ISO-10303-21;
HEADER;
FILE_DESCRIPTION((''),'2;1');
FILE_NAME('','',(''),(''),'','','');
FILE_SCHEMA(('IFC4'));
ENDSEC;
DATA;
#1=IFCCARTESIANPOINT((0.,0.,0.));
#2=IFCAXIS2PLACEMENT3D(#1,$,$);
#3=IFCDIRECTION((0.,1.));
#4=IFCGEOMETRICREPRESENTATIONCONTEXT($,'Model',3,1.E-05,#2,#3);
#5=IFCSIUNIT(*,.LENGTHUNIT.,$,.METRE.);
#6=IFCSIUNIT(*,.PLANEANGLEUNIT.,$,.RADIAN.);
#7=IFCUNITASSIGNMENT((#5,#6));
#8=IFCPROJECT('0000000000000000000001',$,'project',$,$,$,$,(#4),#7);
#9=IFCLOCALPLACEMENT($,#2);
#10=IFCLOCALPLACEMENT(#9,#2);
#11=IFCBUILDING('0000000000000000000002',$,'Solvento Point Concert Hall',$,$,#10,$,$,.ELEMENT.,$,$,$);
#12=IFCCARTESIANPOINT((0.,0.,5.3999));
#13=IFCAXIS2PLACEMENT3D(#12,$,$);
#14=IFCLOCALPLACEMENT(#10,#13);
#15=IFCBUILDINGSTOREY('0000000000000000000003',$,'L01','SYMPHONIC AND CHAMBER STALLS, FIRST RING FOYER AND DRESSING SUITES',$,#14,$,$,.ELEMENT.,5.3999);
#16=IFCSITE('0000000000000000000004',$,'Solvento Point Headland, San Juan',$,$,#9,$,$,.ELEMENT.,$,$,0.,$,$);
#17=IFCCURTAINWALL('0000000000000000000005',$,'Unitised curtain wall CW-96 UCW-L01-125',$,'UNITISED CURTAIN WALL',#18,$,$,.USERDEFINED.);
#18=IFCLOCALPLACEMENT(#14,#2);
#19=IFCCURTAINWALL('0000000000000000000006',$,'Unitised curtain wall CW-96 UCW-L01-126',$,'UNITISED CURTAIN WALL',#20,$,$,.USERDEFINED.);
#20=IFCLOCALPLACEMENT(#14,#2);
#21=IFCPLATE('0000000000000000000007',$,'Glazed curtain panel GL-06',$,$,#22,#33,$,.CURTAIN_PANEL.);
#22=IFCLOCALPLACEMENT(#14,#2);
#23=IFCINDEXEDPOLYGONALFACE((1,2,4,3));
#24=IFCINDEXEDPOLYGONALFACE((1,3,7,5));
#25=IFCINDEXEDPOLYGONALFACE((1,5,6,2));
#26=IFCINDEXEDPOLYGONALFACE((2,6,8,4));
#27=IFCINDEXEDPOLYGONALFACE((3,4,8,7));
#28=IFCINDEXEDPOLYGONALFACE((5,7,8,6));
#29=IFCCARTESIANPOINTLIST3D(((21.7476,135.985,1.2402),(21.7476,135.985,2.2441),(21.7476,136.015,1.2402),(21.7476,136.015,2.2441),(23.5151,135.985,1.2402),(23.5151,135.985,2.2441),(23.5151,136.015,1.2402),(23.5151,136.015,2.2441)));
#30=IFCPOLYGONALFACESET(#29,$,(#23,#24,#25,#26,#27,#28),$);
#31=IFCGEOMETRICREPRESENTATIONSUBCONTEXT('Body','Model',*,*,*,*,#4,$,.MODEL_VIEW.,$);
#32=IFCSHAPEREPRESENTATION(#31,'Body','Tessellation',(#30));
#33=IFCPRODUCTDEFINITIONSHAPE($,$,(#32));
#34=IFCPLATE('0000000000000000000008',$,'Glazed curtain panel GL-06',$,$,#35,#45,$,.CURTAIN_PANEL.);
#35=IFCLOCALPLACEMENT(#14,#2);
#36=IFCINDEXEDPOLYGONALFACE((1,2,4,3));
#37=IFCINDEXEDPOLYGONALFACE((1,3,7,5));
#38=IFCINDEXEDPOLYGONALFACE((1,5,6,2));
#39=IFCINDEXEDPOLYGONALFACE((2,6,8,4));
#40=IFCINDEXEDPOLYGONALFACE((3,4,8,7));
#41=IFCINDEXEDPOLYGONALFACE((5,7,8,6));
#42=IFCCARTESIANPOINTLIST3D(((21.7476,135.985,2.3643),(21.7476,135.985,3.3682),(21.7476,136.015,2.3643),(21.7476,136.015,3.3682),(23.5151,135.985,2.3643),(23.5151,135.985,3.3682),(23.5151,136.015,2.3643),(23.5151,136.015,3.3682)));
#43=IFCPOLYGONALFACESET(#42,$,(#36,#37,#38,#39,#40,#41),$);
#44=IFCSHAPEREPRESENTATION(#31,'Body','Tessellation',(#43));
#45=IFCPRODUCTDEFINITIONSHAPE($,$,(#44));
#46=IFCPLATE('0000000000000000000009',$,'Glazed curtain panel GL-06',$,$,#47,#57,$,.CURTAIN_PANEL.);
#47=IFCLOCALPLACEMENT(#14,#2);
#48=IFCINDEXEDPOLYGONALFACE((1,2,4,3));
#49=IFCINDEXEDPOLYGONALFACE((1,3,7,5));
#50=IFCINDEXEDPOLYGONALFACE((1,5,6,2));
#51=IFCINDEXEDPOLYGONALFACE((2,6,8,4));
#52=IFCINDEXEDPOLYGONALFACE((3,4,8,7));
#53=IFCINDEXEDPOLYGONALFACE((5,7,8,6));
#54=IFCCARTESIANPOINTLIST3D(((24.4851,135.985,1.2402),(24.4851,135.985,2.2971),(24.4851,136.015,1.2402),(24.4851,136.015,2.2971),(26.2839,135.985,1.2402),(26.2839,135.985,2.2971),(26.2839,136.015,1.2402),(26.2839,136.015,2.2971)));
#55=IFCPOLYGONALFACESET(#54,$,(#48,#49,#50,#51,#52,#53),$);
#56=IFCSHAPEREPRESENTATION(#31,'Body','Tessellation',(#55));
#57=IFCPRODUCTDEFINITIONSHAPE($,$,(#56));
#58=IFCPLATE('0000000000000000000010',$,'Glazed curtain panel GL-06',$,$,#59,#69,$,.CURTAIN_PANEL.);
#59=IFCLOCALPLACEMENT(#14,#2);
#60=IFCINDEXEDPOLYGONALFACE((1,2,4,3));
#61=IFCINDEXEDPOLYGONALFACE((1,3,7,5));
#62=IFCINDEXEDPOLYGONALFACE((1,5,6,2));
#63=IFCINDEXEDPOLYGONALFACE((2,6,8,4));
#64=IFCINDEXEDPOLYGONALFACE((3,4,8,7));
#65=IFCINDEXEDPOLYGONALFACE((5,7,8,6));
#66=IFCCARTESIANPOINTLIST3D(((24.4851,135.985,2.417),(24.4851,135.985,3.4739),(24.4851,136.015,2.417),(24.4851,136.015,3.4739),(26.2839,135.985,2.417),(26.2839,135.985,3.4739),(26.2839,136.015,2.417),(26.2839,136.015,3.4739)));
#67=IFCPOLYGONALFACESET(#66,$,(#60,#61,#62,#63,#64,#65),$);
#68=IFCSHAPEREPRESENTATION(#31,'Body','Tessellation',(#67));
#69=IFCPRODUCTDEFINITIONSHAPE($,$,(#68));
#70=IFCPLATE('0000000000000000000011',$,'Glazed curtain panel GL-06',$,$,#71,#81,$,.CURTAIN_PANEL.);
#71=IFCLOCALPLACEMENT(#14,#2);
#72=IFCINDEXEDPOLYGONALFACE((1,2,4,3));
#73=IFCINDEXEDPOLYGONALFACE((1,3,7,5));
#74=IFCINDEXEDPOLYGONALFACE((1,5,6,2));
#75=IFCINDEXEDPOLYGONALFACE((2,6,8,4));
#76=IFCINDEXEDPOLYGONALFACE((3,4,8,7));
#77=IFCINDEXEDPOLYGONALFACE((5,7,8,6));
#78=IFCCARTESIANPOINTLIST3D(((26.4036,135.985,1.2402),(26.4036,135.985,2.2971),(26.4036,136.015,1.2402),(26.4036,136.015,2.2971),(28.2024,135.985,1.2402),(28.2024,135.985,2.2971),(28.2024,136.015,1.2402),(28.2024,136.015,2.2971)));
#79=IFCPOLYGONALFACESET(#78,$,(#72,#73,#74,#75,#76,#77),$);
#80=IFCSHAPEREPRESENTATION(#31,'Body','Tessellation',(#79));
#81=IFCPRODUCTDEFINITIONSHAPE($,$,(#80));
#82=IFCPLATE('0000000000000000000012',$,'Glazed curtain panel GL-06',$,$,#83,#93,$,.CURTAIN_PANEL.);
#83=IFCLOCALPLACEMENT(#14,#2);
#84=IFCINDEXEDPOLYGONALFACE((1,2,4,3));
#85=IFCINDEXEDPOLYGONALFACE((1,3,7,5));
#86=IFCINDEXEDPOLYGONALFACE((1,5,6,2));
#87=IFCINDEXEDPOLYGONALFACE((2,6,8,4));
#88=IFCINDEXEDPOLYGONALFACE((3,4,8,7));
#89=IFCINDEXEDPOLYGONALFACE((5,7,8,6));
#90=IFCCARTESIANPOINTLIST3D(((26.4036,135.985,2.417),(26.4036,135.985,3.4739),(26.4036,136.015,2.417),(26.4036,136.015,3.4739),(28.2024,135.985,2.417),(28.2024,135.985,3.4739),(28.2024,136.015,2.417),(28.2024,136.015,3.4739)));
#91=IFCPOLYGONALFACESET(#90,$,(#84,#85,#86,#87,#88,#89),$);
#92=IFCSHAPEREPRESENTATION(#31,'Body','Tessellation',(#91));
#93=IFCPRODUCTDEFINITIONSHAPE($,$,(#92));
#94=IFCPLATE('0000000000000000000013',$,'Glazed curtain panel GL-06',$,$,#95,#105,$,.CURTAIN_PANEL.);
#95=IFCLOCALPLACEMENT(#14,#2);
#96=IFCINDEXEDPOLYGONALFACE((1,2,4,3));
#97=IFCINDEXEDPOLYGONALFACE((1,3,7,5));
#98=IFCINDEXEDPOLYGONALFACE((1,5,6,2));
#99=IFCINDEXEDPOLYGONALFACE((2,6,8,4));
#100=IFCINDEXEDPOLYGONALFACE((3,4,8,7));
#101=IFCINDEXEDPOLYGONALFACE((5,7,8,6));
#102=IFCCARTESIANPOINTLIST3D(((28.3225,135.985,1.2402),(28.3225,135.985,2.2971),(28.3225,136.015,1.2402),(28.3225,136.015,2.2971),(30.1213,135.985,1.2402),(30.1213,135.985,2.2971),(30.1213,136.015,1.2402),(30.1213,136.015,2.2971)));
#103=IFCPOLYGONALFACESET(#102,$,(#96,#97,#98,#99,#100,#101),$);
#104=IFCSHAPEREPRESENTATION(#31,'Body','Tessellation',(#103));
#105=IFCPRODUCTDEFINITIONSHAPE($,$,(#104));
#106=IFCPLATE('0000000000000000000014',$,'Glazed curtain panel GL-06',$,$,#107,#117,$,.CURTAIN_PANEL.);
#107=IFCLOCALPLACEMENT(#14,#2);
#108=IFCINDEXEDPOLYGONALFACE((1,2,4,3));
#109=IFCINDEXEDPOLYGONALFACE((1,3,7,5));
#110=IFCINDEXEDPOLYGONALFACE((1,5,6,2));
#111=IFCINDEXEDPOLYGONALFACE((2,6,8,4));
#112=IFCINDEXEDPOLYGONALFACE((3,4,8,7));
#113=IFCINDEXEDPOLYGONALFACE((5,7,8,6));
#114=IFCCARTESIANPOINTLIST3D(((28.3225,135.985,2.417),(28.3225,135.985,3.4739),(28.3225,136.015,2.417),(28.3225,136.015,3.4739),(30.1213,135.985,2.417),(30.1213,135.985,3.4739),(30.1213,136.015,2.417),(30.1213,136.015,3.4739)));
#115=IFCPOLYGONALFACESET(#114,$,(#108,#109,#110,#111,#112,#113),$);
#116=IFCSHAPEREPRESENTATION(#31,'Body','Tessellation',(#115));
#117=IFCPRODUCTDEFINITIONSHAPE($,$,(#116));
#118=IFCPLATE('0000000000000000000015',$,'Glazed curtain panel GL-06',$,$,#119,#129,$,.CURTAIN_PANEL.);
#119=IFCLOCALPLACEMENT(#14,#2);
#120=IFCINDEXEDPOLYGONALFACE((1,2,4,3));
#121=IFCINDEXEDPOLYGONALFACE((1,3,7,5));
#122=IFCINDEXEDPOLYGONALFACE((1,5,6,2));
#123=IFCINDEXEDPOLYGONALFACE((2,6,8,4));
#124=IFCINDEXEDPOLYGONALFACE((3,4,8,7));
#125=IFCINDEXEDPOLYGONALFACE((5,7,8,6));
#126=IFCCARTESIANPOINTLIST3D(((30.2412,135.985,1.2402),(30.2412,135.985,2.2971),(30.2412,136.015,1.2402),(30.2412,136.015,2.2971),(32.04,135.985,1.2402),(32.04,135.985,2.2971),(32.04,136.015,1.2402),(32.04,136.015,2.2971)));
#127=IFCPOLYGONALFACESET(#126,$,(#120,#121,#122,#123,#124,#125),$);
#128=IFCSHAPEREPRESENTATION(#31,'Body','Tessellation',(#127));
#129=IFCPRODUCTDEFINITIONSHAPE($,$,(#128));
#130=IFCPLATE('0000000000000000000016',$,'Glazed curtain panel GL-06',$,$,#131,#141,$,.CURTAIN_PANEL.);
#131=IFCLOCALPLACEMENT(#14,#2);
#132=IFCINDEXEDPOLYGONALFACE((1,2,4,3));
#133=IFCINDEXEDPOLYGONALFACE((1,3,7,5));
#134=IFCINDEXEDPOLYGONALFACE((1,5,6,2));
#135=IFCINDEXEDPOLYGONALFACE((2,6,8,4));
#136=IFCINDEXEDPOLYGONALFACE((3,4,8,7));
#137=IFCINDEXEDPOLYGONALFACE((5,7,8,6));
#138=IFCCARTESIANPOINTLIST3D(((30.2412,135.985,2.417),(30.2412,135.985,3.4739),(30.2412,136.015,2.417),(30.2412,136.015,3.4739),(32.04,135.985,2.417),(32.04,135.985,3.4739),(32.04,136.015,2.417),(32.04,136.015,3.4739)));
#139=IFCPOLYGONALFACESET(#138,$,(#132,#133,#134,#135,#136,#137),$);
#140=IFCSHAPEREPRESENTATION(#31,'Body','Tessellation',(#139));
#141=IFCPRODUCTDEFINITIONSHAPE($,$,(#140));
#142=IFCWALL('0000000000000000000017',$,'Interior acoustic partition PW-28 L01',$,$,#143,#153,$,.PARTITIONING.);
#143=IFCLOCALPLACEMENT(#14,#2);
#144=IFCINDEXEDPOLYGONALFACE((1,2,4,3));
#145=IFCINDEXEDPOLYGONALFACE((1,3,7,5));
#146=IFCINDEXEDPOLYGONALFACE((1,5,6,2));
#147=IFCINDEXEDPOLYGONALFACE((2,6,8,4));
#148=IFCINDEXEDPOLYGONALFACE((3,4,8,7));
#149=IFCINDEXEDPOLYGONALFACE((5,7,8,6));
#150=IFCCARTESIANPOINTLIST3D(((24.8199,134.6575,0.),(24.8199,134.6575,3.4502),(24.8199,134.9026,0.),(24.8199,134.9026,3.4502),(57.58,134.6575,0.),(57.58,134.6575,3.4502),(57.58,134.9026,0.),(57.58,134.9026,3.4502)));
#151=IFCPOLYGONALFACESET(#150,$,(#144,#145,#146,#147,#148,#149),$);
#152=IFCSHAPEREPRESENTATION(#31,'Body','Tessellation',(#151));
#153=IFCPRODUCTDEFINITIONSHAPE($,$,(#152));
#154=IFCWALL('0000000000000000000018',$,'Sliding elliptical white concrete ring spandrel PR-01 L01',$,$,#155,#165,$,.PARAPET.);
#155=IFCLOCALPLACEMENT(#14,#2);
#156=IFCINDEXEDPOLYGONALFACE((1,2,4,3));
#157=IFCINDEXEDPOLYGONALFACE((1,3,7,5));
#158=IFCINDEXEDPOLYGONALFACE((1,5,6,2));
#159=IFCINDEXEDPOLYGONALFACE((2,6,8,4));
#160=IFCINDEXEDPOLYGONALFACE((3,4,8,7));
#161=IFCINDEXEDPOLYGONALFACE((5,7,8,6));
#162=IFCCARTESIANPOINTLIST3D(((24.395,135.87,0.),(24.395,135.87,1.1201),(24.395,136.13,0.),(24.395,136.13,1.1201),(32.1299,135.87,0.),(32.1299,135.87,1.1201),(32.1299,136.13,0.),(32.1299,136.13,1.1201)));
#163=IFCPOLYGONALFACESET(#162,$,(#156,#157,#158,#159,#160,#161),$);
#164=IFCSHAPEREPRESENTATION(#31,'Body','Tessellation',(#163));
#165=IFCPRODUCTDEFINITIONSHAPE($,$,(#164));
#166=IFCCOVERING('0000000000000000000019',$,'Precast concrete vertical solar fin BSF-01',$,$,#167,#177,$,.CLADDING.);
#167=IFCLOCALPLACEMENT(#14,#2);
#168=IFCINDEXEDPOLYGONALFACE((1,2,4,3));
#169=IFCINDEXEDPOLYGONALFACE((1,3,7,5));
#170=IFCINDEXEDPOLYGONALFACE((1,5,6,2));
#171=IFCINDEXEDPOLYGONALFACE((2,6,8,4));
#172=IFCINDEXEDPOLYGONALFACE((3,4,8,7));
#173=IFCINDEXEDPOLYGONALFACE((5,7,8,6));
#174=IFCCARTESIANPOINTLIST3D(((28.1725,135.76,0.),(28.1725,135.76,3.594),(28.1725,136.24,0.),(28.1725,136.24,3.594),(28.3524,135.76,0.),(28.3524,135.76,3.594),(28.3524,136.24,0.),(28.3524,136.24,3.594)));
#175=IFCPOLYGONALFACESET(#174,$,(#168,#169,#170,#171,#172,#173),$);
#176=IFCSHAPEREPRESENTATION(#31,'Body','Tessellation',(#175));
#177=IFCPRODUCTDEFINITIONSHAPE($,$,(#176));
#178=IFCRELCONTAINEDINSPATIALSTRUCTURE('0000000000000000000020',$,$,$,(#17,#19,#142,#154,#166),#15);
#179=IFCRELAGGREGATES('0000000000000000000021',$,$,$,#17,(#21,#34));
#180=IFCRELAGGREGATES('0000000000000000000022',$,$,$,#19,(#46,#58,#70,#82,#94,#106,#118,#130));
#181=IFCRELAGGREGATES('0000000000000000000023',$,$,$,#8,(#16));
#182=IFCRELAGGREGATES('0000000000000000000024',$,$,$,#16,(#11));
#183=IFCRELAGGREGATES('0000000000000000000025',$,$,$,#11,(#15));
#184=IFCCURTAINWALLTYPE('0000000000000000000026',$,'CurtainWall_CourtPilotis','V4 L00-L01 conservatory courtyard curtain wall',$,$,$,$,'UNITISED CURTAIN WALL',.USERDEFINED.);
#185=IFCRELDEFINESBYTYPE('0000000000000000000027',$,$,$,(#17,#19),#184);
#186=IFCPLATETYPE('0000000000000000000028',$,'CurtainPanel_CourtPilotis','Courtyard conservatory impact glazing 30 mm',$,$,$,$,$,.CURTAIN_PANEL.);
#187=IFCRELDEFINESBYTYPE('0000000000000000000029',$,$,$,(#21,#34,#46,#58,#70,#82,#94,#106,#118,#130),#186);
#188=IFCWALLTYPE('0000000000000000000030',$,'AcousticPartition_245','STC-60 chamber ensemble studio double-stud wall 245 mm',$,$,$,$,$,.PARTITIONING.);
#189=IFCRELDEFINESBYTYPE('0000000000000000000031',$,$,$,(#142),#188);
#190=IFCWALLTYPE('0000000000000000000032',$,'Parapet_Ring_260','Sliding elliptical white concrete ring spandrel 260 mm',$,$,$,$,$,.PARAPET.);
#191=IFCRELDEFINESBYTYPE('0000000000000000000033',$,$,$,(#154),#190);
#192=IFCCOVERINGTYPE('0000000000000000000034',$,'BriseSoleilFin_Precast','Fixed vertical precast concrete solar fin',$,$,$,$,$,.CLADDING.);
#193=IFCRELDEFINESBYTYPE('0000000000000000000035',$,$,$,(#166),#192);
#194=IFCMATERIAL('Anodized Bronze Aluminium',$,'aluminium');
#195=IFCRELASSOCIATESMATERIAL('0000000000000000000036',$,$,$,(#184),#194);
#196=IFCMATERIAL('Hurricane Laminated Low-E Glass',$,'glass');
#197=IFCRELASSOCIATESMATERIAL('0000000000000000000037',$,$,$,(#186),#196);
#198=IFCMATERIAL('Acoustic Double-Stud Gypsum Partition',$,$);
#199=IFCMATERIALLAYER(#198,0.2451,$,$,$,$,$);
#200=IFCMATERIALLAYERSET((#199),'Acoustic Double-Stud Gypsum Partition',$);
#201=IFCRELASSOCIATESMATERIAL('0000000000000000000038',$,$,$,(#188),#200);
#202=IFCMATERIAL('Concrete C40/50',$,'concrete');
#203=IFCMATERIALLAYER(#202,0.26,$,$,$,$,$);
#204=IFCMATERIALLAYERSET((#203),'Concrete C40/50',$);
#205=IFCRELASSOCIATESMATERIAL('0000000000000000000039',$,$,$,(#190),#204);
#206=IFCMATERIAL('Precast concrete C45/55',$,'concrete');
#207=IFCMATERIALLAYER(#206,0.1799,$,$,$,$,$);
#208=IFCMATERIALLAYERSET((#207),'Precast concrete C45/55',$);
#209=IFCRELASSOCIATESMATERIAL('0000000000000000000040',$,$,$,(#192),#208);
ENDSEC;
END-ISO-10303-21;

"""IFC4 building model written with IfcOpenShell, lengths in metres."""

from ifc_helpers import new_model, si_unit, direction, frame, frame_2d, origin, origin_2d, place, context, subcontext, project, spatial, rectangle, extrude, material, layer, layer_set, type_object, element, aggregate, save


model = new_model("IFC4")

# Units and contexts
model_context = context("Model", 3, precision=1e-05, world=origin(), true_north=direction((0.0, 1.0)))
body_context = subcontext(model_context, "Body", "Model", "MODEL_VIEW")
ifc_project = project(units=[si_unit("LENGTHUNIT", "METRE"), si_unit("PLANEANGLEUNIT", "RADIAN")], contexts=[model_context])

# Site, building, storey
site_placement = place(None, origin())
site = spatial("IfcSite", under=ifc_project, at=site_placement, Name="Solvento Point Headland, San Juan", CompositionType="ELEMENT", RefElevation=0.0)
building_placement = place(site_placement, origin())
building = spatial("IfcBuilding", under=site, at=building_placement, Name="Solvento Point Concert Hall", CompositionType="ELEMENT")
storey_placement = place(building_placement, frame((0.0, 0.0, 5.3999)))
storey = spatial("IfcBuildingStorey", under=building, at=storey_placement, Name="L01", Description="SYMPHONIC AND CHAMBER STALLS, FIRST RING FOYER AND DRESSING SUITES", CompositionType="ELEMENT", Elevation=5.3999)

# Curtain walls
ifc_material_1 = material(Name="Anodized Bronze Aluminium", Category="aluminium")
curtain_wall_type = type_object("IfcCurtainWallType", Name="CurtainWall_CourtPilotis", Description="V4 L00-L01 conservatory courtyard curtain wall", ElementType="UNITISED CURTAIN WALL", PredefinedType="USERDEFINED", material=ifc_material_1)
curtain_wall_1_placement = place(storey_placement, origin())
curtain_wall_1 = element("IfcCurtainWall", 1, at=curtain_wall_1_placement, inside=storey, type_object=curtain_wall_type, Name="Unitised curtain wall CW-96 UCW-L01-125", ObjectType="UNITISED CURTAIN WALL", PredefinedType="USERDEFINED")
curtain_wall_2_placement = place(storey_placement, origin())
curtain_wall_2 = element("IfcCurtainWall", 2, at=curtain_wall_2_placement, inside=storey, type_object=curtain_wall_type, Name="Unitised curtain wall CW-96 UCW-L01-126", ObjectType="UNITISED CURTAIN WALL", PredefinedType="USERDEFINED")

# Plates
ifc_material_2 = material(Name="Hurricane Laminated Low-E Glass", Category="glass")
plate_type = type_object("IfcPlateType", Name="CurtainPanel_CourtPilotis", Description="Courtyard conservatory impact glazing 30 mm", PredefinedType="CURTAIN_PANEL", material=ifc_material_2)
plate_1_placement = place(storey_placement, frame((22.6313, 136.0, 1.2402), z_axis=(0.0, 0.0, 1.0), x_axis=(1.0, 0.0, 0.0)))
plate_1 = element("IfcPlate", 3, at=plate_1_placement, type_object=plate_type, Name="Glazed curtain panel GL-06", PredefinedType="CURTAIN_PANEL", context=body_context, shape_type="SweptSolid", body=[
    extrude(rectangle(XDim=1.7676, YDim=0.03, at=origin_2d()), origin(), (0.0, 0.0, 1.0), 1.0039),
])
plate_2_placement = place(storey_placement, frame((22.6313, 136.0, 2.3643), z_axis=(0.0, 0.0, 1.0), x_axis=(1.0, 0.0, 0.0)))
plate_2 = element("IfcPlate", 4, at=plate_2_placement, type_object=plate_type, Name="Glazed curtain panel GL-06", PredefinedType="CURTAIN_PANEL", context=body_context, shape_type="SweptSolid", body=[
    extrude(rectangle(XDim=1.7676, YDim=0.03, at=origin_2d()), origin(), (0.0, 0.0, 1.0), 1.0039),
])
aggregate(curtain_wall_1, [plate_1, plate_2])
plate_3_placement = place(storey_placement, frame((25.3845, 136.0, 1.2402), z_axis=(0.0, 0.0, 1.0), x_axis=(1.0, 0.0, 0.0)))
plate_3 = element("IfcPlate", 5, at=plate_3_placement, type_object=plate_type, Name="Glazed curtain panel GL-06", PredefinedType="CURTAIN_PANEL", context=body_context, shape_type="SweptSolid", body=[
    extrude(rectangle(XDim=1.7988, YDim=0.03, at=origin_2d()), origin(), (0.0, 0.0, 1.0), 1.0569),
])
plate_4_placement = place(storey_placement, frame((25.3845, 136.0, 2.417), z_axis=(0.0, 0.0, 1.0), x_axis=(1.0, 0.0, 0.0)))
plate_4 = element("IfcPlate", 6, at=plate_4_placement, type_object=plate_type, Name="Glazed curtain panel GL-06", PredefinedType="CURTAIN_PANEL", context=body_context, shape_type="SweptSolid", body=[
    extrude(rectangle(XDim=1.7988, YDim=0.03, at=origin_2d()), origin(), (0.0, 0.0, 1.0), 1.0569),
])
plate_5_placement = place(storey_placement, frame((27.303, 136.0, 1.2402), z_axis=(0.0, 0.0, 1.0), x_axis=(1.0, 0.0, 0.0)))
plate_5 = element("IfcPlate", 7, at=plate_5_placement, type_object=plate_type, Name="Glazed curtain panel GL-06", PredefinedType="CURTAIN_PANEL", context=body_context, shape_type="SweptSolid", body=[
    extrude(rectangle(XDim=1.7988, YDim=0.03, at=origin_2d()), origin(), (0.0, 0.0, 1.0), 1.0569),
])
plate_6_placement = place(storey_placement, frame((27.303, 136.0, 2.417), z_axis=(0.0, 0.0, 1.0), x_axis=(1.0, 0.0, 0.0)))
plate_6 = element("IfcPlate", 8, at=plate_6_placement, type_object=plate_type, Name="Glazed curtain panel GL-06", PredefinedType="CURTAIN_PANEL", context=body_context, shape_type="SweptSolid", body=[
    extrude(rectangle(XDim=1.7988, YDim=0.03, at=origin_2d()), origin(), (0.0, 0.0, 1.0), 1.0569),
])
plate_7_placement = place(storey_placement, frame((29.2219, 136.0, 1.2402), z_axis=(0.0, 0.0, 1.0), x_axis=(1.0, 0.0, 0.0)))
plate_7 = element("IfcPlate", 9, at=plate_7_placement, type_object=plate_type, Name="Glazed curtain panel GL-06", PredefinedType="CURTAIN_PANEL", context=body_context, shape_type="SweptSolid", body=[
    extrude(rectangle(XDim=1.7988, YDim=0.03, at=origin_2d()), origin(), (0.0, 0.0, 1.0), 1.0569),
])
plate_8_placement = place(storey_placement, frame((29.2219, 136.0, 2.417), z_axis=(0.0, 0.0, 1.0), x_axis=(1.0, 0.0, 0.0)))
plate_8 = element("IfcPlate", 10, at=plate_8_placement, type_object=plate_type, Name="Glazed curtain panel GL-06", PredefinedType="CURTAIN_PANEL", context=body_context, shape_type="SweptSolid", body=[
    extrude(rectangle(XDim=1.7988, YDim=0.03, at=origin_2d()), origin(), (0.0, 0.0, 1.0), 1.0569),
])
plate_9_placement = place(storey_placement, frame((31.1406, 136.0, 1.2402), z_axis=(0.0, 0.0, 1.0), x_axis=(1.0, 0.0, 0.0)))
plate_9 = element("IfcPlate", 11, at=plate_9_placement, type_object=plate_type, Name="Glazed curtain panel GL-06", PredefinedType="CURTAIN_PANEL", context=body_context, shape_type="SweptSolid", body=[
    extrude(rectangle(XDim=1.7988, YDim=0.03, at=origin_2d()), origin(), (0.0, 0.0, 1.0), 1.0569),
])
plate_10_placement = place(storey_placement, frame((31.1406, 136.0, 2.417), z_axis=(0.0, 0.0, 1.0), x_axis=(1.0, 0.0, 0.0)))
plate_10 = element("IfcPlate", 12, at=plate_10_placement, type_object=plate_type, Name="Glazed curtain panel GL-06", PredefinedType="CURTAIN_PANEL", context=body_context, shape_type="SweptSolid", body=[
    extrude(rectangle(XDim=1.7988, YDim=0.03, at=origin_2d()), origin(), (0.0, 0.0, 1.0), 1.0569),
])
aggregate(curtain_wall_2, [plate_3, plate_4, plate_5, plate_6, plate_7, plate_8, plate_9, plate_10])

# Walls
ifc_material_3 = material(Name="Acoustic Double-Stud Gypsum Partition")
ifc_layer_1 = layer(ifc_material_3, 0.2451)
ifc_layer_set_1 = layer_set([ifc_layer_1], Name="Acoustic Double-Stud Gypsum Partition")
wall_type_1 = type_object("IfcWallType", Name="AcousticPartition_245", Description="STC-60 chamber ensemble studio double-stud wall 245 mm", PredefinedType="PARTITIONING", material=ifc_layer_set_1)
wall_1_placement = place(storey_placement, frame((24.8201, 134.78, 0.0), z_axis=(0.0, 0.0, 1.0), x_axis=(1.0, 0.0, 0.0)))
element("IfcWall", 13, at=wall_1_placement, inside=storey, type_object=wall_type_1, Name="Interior acoustic partition PW-28 L01", PredefinedType="PARTITIONING", context=body_context, shape_type="SweptSolid", body=[
    extrude(rectangle(XDim=32.76, YDim=0.2451, at=frame_2d((16.3799, 0.0))), origin(), (0.0, 0.0, 1.0), 3.4502),
])
ifc_material_4 = material(Name="Concrete C40/50", Category="concrete")
ifc_layer_2 = layer(ifc_material_4, 0.26)
ifc_layer_set_2 = layer_set([ifc_layer_2], Name="Concrete C40/50")
wall_type_2 = type_object("IfcWallType", Name="Parapet_Ring_260", Description="Sliding elliptical white concrete ring spandrel 260 mm", PredefinedType="PARAPET", material=ifc_layer_set_2)
wall_2_placement = place(storey_placement, frame((24.395, 136.0, 0.0), z_axis=(0.0, 0.0, 1.0), x_axis=(1.0, 0.0, 0.0)))
element("IfcWall", 14, at=wall_2_placement, inside=storey, type_object=wall_type_2, Name="Sliding elliptical white concrete ring spandrel PR-01 L01", PredefinedType="PARAPET", context=body_context, shape_type="SweptSolid", body=[
    extrude(rectangle(XDim=7.7349, YDim=0.26, at=frame_2d((3.8674, 0.0))), origin(), (0.0, 0.0, 1.0), 1.1201),
])

# Covering
ifc_material_5 = material(Name="Precast concrete C45/55", Category="concrete")
ifc_layer_3 = layer(ifc_material_5, 0.1799)
ifc_layer_set_3 = layer_set([ifc_layer_3], Name="Precast concrete C45/55")
covering_type = type_object("IfcCoveringType", Name="BriseSoleilFin_Precast", Description="Fixed vertical precast concrete solar fin", PredefinedType="CLADDING", material=ifc_layer_set_3)
covering_placement = place(storey_placement, frame((28.2625, 136.0, 0.0), z_axis=(0.0, 0.0, 1.0), x_axis=(1.0, 0.0, 0.0)))
element("IfcCovering", 15, at=covering_placement, inside=storey, type_object=covering_type, Name="Precast concrete vertical solar fin BSF-01", PredefinedType="CLADDING", context=body_context, shape_type="SweptSolid", body=[
    extrude(rectangle(XDim=0.1799, YDim=0.48, at=origin_2d()), origin(), (0.0, 0.0, 1.0), 3.594),
])

save(model, "model.ifc")
